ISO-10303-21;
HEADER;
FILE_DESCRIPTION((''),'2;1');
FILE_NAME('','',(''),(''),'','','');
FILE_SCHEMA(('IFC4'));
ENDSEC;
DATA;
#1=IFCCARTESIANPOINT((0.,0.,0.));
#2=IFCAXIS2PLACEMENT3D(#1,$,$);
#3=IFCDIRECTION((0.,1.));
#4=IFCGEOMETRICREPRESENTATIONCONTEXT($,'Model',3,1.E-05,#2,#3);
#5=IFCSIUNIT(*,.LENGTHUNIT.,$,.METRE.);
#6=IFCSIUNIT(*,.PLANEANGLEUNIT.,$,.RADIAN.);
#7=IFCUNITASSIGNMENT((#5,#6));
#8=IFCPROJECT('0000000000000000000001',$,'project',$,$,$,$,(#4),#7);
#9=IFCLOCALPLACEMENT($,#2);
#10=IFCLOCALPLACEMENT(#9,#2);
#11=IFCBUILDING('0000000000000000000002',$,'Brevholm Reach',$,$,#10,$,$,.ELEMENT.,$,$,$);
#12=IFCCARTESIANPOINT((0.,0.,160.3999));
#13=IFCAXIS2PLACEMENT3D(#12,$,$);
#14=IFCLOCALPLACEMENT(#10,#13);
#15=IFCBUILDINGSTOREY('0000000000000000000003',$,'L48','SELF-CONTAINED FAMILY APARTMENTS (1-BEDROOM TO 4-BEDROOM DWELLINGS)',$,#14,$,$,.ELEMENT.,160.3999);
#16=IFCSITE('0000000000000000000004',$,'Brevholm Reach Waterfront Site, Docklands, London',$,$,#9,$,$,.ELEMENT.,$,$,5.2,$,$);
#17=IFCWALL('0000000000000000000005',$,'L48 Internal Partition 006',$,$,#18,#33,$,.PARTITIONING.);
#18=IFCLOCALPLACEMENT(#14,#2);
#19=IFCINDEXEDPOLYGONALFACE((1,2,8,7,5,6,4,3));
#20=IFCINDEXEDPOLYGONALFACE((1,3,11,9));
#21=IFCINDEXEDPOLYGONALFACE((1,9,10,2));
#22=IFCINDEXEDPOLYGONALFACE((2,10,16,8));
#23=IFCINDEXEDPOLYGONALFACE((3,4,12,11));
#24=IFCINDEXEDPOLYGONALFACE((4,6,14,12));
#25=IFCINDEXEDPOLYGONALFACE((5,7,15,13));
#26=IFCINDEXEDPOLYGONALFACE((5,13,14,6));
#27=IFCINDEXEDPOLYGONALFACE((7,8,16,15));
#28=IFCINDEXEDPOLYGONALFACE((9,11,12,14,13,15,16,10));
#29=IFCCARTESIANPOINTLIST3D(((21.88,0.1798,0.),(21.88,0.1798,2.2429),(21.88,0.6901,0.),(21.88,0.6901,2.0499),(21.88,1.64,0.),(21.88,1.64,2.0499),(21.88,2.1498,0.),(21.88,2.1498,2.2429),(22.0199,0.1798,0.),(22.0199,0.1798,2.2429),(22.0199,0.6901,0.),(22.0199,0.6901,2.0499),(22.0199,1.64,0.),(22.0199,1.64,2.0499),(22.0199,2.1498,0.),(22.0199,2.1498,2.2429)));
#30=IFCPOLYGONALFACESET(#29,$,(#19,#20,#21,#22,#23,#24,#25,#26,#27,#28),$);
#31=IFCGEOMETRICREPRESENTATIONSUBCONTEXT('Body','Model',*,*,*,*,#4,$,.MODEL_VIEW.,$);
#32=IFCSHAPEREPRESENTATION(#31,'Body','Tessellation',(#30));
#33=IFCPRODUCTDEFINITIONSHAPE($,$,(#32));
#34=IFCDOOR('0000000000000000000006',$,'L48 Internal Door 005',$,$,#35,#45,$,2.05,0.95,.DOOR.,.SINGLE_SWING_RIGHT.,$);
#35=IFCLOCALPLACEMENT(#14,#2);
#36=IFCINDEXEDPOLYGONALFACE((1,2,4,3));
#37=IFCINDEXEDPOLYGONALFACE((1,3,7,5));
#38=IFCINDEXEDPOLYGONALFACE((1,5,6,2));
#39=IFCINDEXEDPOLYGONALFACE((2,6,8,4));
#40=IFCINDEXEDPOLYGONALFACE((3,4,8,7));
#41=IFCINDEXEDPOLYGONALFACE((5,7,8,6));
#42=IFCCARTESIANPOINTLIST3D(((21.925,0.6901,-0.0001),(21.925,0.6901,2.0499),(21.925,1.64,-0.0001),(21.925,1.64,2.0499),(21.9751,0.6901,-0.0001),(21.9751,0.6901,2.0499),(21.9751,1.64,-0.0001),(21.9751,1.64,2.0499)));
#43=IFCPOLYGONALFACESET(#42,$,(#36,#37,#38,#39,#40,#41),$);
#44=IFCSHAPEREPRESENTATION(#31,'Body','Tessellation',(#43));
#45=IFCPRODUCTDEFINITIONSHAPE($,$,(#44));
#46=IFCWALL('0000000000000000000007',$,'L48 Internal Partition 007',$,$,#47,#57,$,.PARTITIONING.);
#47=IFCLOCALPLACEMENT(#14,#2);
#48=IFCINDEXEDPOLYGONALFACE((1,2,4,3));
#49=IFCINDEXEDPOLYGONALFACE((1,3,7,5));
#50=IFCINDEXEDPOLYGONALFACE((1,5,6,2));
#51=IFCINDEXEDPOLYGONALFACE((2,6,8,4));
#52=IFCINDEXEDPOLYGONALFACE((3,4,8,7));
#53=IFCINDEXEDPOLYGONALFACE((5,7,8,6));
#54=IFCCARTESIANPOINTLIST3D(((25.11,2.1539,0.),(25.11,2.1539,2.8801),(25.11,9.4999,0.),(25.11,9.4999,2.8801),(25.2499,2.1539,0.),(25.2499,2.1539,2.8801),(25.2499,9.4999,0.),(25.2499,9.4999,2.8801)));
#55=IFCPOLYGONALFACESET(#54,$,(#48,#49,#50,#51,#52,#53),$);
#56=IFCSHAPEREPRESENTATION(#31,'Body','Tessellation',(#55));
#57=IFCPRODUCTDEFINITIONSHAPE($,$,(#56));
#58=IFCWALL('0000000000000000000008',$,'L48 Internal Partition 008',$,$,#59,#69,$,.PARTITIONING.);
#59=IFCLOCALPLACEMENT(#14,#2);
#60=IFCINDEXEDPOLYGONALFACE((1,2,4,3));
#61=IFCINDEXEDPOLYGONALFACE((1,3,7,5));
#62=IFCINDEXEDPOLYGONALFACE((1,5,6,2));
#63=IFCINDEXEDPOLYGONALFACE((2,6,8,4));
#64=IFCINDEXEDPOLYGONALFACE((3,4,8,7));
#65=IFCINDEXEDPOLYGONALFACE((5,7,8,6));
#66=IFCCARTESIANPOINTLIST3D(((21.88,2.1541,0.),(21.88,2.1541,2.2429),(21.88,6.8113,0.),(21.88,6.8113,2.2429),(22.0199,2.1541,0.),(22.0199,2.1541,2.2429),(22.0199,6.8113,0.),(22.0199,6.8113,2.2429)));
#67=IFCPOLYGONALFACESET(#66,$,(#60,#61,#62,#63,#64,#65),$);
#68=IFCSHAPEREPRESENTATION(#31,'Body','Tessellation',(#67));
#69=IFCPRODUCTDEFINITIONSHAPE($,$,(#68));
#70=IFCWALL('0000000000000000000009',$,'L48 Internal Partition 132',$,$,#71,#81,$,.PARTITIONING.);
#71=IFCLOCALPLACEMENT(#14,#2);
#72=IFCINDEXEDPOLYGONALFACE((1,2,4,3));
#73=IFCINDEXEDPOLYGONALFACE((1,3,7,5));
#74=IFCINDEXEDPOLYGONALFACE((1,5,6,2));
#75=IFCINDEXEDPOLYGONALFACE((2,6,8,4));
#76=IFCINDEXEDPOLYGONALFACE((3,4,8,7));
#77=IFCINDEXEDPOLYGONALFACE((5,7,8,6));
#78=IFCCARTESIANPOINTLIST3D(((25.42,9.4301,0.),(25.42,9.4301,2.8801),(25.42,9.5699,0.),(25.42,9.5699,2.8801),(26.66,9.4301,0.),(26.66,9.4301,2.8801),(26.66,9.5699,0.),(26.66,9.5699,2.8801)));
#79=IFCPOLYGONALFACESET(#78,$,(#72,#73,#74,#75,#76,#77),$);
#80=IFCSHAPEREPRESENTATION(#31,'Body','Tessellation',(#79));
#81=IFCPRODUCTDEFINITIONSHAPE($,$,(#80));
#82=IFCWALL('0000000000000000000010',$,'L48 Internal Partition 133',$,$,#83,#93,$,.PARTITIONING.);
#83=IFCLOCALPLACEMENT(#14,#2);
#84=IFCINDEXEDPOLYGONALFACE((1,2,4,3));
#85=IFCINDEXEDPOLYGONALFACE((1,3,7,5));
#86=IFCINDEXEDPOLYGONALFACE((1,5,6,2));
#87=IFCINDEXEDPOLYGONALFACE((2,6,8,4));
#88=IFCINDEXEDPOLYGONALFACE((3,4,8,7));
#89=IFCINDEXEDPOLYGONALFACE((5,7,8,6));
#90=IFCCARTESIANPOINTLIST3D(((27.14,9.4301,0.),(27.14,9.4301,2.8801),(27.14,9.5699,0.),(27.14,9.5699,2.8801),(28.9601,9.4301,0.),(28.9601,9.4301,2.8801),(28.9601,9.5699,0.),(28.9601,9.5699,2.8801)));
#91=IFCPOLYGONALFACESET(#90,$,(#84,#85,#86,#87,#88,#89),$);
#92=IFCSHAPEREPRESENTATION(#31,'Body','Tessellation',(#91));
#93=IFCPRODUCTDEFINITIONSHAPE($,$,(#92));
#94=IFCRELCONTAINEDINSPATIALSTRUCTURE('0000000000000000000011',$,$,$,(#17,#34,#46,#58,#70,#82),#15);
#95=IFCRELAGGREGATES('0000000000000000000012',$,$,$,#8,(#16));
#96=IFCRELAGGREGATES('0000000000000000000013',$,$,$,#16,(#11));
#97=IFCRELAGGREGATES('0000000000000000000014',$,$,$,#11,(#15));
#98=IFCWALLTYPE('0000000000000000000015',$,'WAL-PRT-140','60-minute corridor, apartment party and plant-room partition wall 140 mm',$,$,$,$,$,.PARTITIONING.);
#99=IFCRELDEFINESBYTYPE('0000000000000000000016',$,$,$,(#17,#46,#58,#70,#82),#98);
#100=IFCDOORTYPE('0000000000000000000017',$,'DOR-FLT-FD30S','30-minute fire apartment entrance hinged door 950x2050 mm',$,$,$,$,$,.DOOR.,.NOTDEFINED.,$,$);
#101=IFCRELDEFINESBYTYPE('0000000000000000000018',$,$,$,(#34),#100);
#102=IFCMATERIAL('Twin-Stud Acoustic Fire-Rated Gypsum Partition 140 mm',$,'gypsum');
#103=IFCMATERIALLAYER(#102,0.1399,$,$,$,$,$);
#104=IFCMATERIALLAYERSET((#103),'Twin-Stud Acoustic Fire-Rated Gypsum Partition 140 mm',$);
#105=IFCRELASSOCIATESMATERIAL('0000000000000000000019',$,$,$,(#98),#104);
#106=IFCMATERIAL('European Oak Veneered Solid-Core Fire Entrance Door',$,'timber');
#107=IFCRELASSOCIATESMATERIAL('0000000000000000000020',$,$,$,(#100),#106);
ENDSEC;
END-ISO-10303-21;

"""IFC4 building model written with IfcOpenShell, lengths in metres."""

from ifc_helpers import new_model, si_unit, direction, frame, frame_2d, origin, place, context, subcontext, project, spatial, rectangle, extrude, material, layer, layer_set, type_object, element, fill, save


model = new_model("IFC4")

# Units and contexts
model_context = context("Model", 3, precision=1e-05, world=origin(), true_north=direction((0.0, 1.0)))
body_context = subcontext(model_context, "Body", "Model", "MODEL_VIEW")
ifc_project = project(units=[si_unit("LENGTHUNIT", "METRE"), si_unit("PLANEANGLEUNIT", "RADIAN")], contexts=[model_context])

# Site, building, storey
site_placement = place(None, origin())
site = spatial("IfcSite", under=ifc_project, at=site_placement, Name="Brevholm Reach Waterfront Site, Docklands, London", CompositionType="ELEMENT", RefElevation=5.2)
building_placement = place(site_placement, origin())
building = spatial("IfcBuilding", under=site, at=building_placement, Name="Brevholm Reach", CompositionType="ELEMENT")
storey_placement = place(building_placement, frame((0.0, 0.0, 160.3999)))
storey = spatial("IfcBuildingStorey", under=building, at=storey_placement, Name="L48", Description="SELF-CONTAINED FAMILY APARTMENTS (1-BEDROOM TO 4-BEDROOM DWELLINGS)", CompositionType="ELEMENT", Elevation=160.3999)

# Shared definitions
ifc_material_1 = material(Name="Twin-Stud Acoustic Fire-Rated Gypsum Partition 140 mm", Category="gypsum")
ifc_layer_1 = layer(ifc_material_1, 0.1399)
ifc_layer_set_1 = layer_set([ifc_layer_1], Name="Twin-Stud Acoustic Fire-Rated Gypsum Partition 140 mm")
wall_type_1 = type_object("IfcWallType", Name="WAL-PRT-140", Description="60-minute corridor, apartment party and plant-room partition wall 140 mm", PredefinedType="PARTITIONING", material=ifc_layer_set_1)

# Wall, opening, door
wall_1_placement = place(storey_placement, frame((21.95, 0.1799, 0.0), z_axis=(0.0, 0.0, 1.0), x_axis=(0.0, 1.0, 0.0)))
wall_1 = element("IfcWall", 1, at=wall_1_placement, inside=storey, type_object=wall_type_1, Name="L48 Internal Partition 006", PredefinedType="PARTITIONING", context=body_context, shape_type="SweptSolid", body=[
    extrude(rectangle(XDim=1.97, YDim=0.1399, at=frame_2d((0.9849, 0.0))), origin(), (0.0, 0.0, 1.0), 2.2429),
])
opening_1_placement = place(wall_1_placement, frame((0.51, 0.0, 0.0)))
opening_1 = element("IfcOpeningElement", 2, at=opening_1_placement, cuts=wall_1, PredefinedType="OPENING", context=body_context, shape_type="SweptSolid", body=[
    extrude(rectangle(XDim=0.95, YDim=2.05, at=frame_2d((0.4751, 1.0249))), frame((0.0, 0.0798, 0.0), z_axis=(0.0, -1.0, 0.0), x_axis=(1.0, 0.0, 0.0)), (0.0, 0.0, 1.0), 0.1599),
])
ifc_material_2 = material(Name="European Oak Veneered Solid-Core Fire Entrance Door", Category="timber")
door_type_1 = type_object("IfcDoorType", Name="DOR-FLT-FD30S", Description="30-minute fire apartment entrance hinged door 950x2050 mm", OperationType="NOTDEFINED", PredefinedType="DOOR", material=ifc_material_2)
door_1_placement = place(opening_1_placement, origin())
door_1 = element("IfcDoor", 3, at=door_1_placement, inside=storey, type_object=door_type_1, Name="L48 Internal Door 005", OperationType="SINGLE_SWING_RIGHT", OverallHeight=2.05, OverallWidth=0.95, PredefinedType="DOOR", context=body_context, shape_type="SweptSolid", body=[
    extrude(rectangle(XDim=0.95, YDim=2.05, at=frame_2d((0.4751, 1.0249))), frame((0.0, 0.0249, 0.0), z_axis=(0.0, -1.0, 0.0), x_axis=(1.0, 0.0, 0.0)), (0.0, 0.0, 1.0), 0.05),
])
fill(opening_1, door_1)

# Walls
wall_2_placement = place(storey_placement, frame((25.1799, 2.1541, 0.0), z_axis=(0.0, 0.0, 1.0), x_axis=(0.0, 1.0, 0.0)))
element("IfcWall", 4, at=wall_2_placement, inside=storey, type_object=wall_type_1, Name="L48 Internal Partition 007", PredefinedType="PARTITIONING", context=body_context, shape_type="SweptSolid", body=[
    extrude(rectangle(XDim=7.3459, YDim=0.1399, at=frame_2d((3.6729, 0.0))), origin(), (0.0, 0.0, 1.0), 2.8801),
])
wall_3_placement = place(storey_placement, frame((21.95, 2.1541, 0.0), z_axis=(0.0, 0.0, 1.0), x_axis=(0.0, 1.0, 0.0)))
element("IfcWall", 5, at=wall_3_placement, inside=storey, type_object=wall_type_1, Name="L48 Internal Partition 008", PredefinedType="PARTITIONING", context=body_context, shape_type="SweptSolid", body=[
    extrude(rectangle(XDim=4.6572, YDim=0.1399, at=frame_2d((2.3286, 0.0))), origin(), (0.0, 0.0, 1.0), 2.2429),
])
wall_4_placement = place(storey_placement, frame((25.4199, 9.5, 0.0), z_axis=(0.0, 0.0, 1.0), x_axis=(1.0, 0.0, 0.0)))
element("IfcWall", 6, at=wall_4_placement, inside=storey, type_object=wall_type_1, Name="L48 Internal Partition 132", PredefinedType="PARTITIONING", context=body_context, shape_type="SweptSolid", body=[
    extrude(rectangle(XDim=1.24, YDim=0.1399, at=frame_2d((0.6201, 0.0))), origin(), (0.0, 0.0, 1.0), 2.8801),
])
wall_5_placement = place(storey_placement, frame((27.1399, 9.5, 0.0), z_axis=(0.0, 0.0, 1.0), x_axis=(1.0, 0.0, 0.0)))
element("IfcWall", 7, at=wall_5_placement, inside=storey, type_object=wall_type_1, Name="L48 Internal Partition 133", PredefinedType="PARTITIONING", context=body_context, shape_type="SweptSolid", body=[
    extrude(rectangle(XDim=1.8201, YDim=0.1399, at=frame_2d((0.9102, 0.0))), origin(), (0.0, 0.0, 1.0), 2.8801),
])

save(model, "model.ifc")
